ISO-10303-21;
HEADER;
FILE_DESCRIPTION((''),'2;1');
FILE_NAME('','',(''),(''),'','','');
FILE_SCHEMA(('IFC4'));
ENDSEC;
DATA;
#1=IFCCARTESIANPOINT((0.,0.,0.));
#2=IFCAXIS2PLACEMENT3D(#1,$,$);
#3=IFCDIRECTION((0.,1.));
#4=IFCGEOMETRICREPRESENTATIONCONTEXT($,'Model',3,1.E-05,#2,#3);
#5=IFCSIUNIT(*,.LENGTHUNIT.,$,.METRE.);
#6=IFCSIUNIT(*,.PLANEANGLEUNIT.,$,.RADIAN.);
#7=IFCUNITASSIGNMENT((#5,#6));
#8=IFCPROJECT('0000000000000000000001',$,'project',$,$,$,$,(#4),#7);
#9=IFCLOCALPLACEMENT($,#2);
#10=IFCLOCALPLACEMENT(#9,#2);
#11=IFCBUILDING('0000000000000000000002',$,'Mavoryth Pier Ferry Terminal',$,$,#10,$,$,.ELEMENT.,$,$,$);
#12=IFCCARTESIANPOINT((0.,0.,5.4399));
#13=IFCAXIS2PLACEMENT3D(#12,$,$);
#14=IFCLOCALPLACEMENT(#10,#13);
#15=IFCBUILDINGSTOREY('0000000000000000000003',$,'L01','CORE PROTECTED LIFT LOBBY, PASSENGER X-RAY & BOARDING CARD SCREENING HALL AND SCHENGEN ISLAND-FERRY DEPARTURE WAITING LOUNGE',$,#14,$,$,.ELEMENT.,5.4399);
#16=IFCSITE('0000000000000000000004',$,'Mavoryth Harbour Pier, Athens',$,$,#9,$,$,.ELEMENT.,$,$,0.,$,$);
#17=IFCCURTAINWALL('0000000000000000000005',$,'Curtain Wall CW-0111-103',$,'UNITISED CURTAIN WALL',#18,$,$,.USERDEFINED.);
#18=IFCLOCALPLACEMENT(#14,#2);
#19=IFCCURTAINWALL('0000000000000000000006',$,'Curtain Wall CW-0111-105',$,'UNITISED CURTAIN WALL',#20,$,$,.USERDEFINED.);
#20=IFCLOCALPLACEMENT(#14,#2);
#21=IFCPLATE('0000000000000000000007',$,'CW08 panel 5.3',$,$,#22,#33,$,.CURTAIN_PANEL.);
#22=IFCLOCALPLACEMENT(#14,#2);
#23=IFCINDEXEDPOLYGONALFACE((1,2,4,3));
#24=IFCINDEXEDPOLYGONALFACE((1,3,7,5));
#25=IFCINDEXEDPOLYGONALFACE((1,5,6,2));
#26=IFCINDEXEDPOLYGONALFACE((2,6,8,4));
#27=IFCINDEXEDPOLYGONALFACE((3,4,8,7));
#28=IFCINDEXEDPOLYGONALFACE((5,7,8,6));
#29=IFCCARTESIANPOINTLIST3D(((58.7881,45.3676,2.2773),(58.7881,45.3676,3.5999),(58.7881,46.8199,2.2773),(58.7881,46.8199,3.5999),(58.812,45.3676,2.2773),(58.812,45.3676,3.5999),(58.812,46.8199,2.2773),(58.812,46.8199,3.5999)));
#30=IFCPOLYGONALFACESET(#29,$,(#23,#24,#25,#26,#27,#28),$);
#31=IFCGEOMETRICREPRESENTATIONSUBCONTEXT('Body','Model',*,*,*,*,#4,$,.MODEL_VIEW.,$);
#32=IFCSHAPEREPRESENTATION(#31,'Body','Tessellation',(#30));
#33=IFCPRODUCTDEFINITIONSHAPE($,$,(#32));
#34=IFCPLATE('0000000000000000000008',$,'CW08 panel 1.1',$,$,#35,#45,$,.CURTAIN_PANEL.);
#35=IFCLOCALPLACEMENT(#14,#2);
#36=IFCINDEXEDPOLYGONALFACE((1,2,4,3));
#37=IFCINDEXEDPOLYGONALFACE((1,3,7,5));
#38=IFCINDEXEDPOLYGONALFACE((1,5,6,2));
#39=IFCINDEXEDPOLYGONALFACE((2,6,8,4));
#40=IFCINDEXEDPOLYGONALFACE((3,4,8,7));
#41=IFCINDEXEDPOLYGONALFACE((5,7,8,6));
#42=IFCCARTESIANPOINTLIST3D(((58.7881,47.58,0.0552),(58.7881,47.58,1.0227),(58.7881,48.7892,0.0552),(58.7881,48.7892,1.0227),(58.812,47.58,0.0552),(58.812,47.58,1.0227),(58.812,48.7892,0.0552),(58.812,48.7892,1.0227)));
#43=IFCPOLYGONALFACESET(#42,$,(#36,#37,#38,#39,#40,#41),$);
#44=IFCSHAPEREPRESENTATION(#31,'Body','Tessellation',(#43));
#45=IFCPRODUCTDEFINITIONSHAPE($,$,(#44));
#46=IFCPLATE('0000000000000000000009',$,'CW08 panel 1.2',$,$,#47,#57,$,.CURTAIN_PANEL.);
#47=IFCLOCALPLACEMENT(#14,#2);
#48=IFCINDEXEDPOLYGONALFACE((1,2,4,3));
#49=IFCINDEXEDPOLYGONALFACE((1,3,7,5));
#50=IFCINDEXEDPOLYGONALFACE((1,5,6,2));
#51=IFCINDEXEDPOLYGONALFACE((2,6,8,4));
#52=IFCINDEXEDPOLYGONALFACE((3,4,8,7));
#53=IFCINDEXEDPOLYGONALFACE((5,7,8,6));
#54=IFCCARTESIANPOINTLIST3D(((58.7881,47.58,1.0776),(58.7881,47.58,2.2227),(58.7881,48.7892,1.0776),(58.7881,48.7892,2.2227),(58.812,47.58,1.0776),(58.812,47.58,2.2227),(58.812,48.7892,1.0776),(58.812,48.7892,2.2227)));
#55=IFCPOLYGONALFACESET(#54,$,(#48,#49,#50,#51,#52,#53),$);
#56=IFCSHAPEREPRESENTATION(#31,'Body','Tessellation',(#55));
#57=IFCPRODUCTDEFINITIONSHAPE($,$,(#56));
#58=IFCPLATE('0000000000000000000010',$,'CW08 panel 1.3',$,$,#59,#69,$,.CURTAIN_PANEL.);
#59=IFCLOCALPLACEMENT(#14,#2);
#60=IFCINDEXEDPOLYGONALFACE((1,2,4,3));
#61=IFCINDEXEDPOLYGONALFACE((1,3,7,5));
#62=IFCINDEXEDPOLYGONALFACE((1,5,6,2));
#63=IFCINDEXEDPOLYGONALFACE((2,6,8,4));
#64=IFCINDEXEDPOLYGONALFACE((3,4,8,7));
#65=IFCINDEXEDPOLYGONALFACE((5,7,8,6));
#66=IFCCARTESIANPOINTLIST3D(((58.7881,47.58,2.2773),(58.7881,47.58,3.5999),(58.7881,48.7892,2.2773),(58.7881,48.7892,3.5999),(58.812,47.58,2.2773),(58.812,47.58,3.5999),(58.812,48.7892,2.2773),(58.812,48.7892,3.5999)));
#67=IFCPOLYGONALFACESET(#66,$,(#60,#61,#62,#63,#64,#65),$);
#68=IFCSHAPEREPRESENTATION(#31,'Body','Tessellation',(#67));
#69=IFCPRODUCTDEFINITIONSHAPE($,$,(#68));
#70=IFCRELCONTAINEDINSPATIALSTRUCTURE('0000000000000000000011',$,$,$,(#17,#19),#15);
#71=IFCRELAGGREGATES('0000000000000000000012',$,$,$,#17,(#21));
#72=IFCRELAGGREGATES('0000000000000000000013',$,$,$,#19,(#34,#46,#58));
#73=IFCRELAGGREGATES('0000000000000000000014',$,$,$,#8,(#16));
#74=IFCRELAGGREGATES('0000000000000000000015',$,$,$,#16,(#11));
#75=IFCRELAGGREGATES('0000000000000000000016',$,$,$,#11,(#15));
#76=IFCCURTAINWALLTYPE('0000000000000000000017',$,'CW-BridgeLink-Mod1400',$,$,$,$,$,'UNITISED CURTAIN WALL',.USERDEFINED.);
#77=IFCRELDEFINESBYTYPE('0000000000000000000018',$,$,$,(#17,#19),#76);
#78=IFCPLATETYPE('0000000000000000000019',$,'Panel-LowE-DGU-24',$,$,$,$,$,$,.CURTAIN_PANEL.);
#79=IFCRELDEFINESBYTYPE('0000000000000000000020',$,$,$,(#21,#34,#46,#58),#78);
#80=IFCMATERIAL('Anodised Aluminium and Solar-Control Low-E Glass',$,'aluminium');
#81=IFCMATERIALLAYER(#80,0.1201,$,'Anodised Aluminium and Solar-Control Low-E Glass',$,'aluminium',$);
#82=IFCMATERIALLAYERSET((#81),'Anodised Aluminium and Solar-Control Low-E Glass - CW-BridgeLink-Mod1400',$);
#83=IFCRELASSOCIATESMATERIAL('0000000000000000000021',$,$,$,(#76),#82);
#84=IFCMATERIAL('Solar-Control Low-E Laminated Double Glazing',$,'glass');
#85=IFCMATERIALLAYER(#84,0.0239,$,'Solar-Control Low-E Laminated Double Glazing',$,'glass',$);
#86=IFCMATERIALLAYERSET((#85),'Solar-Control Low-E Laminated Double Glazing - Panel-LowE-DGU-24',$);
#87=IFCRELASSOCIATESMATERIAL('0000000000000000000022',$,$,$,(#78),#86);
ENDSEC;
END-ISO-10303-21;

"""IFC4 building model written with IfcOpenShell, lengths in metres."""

from ifc_helpers import new_model, si_unit, direction, frame, origin, origin_2d, place, context, subcontext, project, spatial, rectangle, extrude, material, layer, layer_set, type_object, element, aggregate, save


model = new_model("IFC4")

# Units and contexts
model_context = context("Model", 3, precision=1e-05, world=origin(), true_north=direction((0.0, 1.0)))
body_context = subcontext(model_context, "Body", "Model", "MODEL_VIEW")
ifc_project = project(units=[si_unit("LENGTHUNIT", "METRE"), si_unit("PLANEANGLEUNIT", "RADIAN")], contexts=[model_context])

# Site, building, storey
site_placement = place(None, origin())
site = spatial("IfcSite", under=ifc_project, at=site_placement, Name="Mavoryth Harbour Pier, Athens", CompositionType="ELEMENT", RefElevation=0.0)
building_placement = place(site_placement, origin())
building = spatial("IfcBuilding", under=site, at=building_placement, Name="Mavoryth Pier Ferry Terminal", CompositionType="ELEMENT")
storey_placement = place(building_placement, frame((0.0, 0.0, 5.4399)))
storey = spatial("IfcBuildingStorey", under=building, at=storey_placement, Name="L01", Description="CORE PROTECTED LIFT LOBBY, PASSENGER X-RAY & BOARDING CARD SCREENING HALL AND SCHENGEN ISLAND-FERRY DEPARTURE WAITING LOUNGE", CompositionType="ELEMENT", Elevation=5.4399)

# Curtain wall
ifc_material_1 = material(Name="Anodised Aluminium and Solar-Control Low-E Glass", Category="aluminium")
ifc_layer_1 = layer(ifc_material_1, 0.1201, Name="Anodised Aluminium and Solar-Control Low-E Glass", Category="aluminium")
ifc_layer_set_1 = layer_set([ifc_layer_1], Name="Anodised Aluminium and Solar-Control Low-E Glass - CW-BridgeLink-Mod1400")
curtain_wall_type = type_object("IfcCurtainWallType", Name="CW-BridgeLink-Mod1400", ElementType="UNITISED CURTAIN WALL", PredefinedType="USERDEFINED", material=ifc_layer_set_1)
curtain_wall_1_placement = place(storey_placement, origin())
curtain_wall_1 = element("IfcCurtainWall", 1, at=curtain_wall_1_placement, inside=storey, type_object=curtain_wall_type, Name="Curtain Wall CW-0111-103", ObjectType="UNITISED CURTAIN WALL", PredefinedType="USERDEFINED")

# Curtain wall
curtain_wall_2_placement = place(storey_placement, origin())
curtain_wall_2 = element("IfcCurtainWall", 2, at=curtain_wall_2_placement, inside=storey, type_object=curtain_wall_type, Name="Curtain Wall CW-0111-105", ObjectType="UNITISED CURTAIN WALL", PredefinedType="USERDEFINED")

# Plates
ifc_material_2 = material(Name="Solar-Control Low-E Laminated Double Glazing", Category="glass")
ifc_layer_2 = layer(ifc_material_2, 0.0239, Name="Solar-Control Low-E Laminated Double Glazing", Category="glass")
ifc_layer_set_2 = layer_set([ifc_layer_2], Name="Solar-Control Low-E Laminated Double Glazing - Panel-LowE-DGU-24")
plate_type = type_object("IfcPlateType", Name="Panel-LowE-DGU-24", PredefinedType="CURTAIN_PANEL", material=ifc_layer_set_2)
plate_1_placement = place(storey_placement, frame((58.8, 46.0938, 2.2773), z_axis=(0.0, 0.0, 1.0), x_axis=(0.0, 1.0, 0.0)))
plate_1 = element("IfcPlate", 3, at=plate_1_placement, type_object=plate_type, Name="CW08 panel 5.3", PredefinedType="CURTAIN_PANEL", context=body_context, shape_type="SweptSolid", body=[
    extrude(rectangle(XDim=1.4524, YDim=0.0239, at=origin_2d()), origin(), (0.0, 0.0, 1.0), 1.3225),
])
aggregate(curtain_wall_1, [plate_1])
plate_2_placement = place(storey_placement, frame((58.8, 48.1846, 0.0552), z_axis=(0.0, 0.0, 1.0), x_axis=(0.0, 1.0, 0.0)))
plate_2 = element("IfcPlate", 4, at=plate_2_placement, type_object=plate_type, Name="CW08 panel 1.1", PredefinedType="CURTAIN_PANEL", context=body_context, shape_type="SweptSolid", body=[
    extrude(rectangle(XDim=1.2092, YDim=0.0239, at=origin_2d()), origin(), (0.0, 0.0, 1.0), 0.9675),
])
plate_3_placement = place(storey_placement, frame((58.8, 48.1846, 1.0776), z_axis=(0.0, 0.0, 1.0), x_axis=(0.0, 1.0, 0.0)))
plate_3 = element("IfcPlate", 5, at=plate_3_placement, type_object=plate_type, Name="CW08 panel 1.2", PredefinedType="CURTAIN_PANEL", context=body_context, shape_type="SweptSolid", body=[
    extrude(rectangle(XDim=1.2092, YDim=0.0239, at=origin_2d()), origin(), (0.0, 0.0, 1.0), 1.145),
])
plate_4_placement = place(storey_placement, frame((58.8, 48.1846, 2.2773), z_axis=(0.0, 0.0, 1.0), x_axis=(0.0, 1.0, 0.0)))
plate_4 = element("IfcPlate", 6, at=plate_4_placement, type_object=plate_type, Name="CW08 panel 1.3", PredefinedType="CURTAIN_PANEL", context=body_context, shape_type="SweptSolid", body=[
    extrude(rectangle(XDim=1.2092, YDim=0.0239, at=origin_2d()), origin(), (0.0, 0.0, 1.0), 1.3225),
])
aggregate(curtain_wall_2, [plate_2, plate_3, plate_4])

save(model, "model.ifc")
